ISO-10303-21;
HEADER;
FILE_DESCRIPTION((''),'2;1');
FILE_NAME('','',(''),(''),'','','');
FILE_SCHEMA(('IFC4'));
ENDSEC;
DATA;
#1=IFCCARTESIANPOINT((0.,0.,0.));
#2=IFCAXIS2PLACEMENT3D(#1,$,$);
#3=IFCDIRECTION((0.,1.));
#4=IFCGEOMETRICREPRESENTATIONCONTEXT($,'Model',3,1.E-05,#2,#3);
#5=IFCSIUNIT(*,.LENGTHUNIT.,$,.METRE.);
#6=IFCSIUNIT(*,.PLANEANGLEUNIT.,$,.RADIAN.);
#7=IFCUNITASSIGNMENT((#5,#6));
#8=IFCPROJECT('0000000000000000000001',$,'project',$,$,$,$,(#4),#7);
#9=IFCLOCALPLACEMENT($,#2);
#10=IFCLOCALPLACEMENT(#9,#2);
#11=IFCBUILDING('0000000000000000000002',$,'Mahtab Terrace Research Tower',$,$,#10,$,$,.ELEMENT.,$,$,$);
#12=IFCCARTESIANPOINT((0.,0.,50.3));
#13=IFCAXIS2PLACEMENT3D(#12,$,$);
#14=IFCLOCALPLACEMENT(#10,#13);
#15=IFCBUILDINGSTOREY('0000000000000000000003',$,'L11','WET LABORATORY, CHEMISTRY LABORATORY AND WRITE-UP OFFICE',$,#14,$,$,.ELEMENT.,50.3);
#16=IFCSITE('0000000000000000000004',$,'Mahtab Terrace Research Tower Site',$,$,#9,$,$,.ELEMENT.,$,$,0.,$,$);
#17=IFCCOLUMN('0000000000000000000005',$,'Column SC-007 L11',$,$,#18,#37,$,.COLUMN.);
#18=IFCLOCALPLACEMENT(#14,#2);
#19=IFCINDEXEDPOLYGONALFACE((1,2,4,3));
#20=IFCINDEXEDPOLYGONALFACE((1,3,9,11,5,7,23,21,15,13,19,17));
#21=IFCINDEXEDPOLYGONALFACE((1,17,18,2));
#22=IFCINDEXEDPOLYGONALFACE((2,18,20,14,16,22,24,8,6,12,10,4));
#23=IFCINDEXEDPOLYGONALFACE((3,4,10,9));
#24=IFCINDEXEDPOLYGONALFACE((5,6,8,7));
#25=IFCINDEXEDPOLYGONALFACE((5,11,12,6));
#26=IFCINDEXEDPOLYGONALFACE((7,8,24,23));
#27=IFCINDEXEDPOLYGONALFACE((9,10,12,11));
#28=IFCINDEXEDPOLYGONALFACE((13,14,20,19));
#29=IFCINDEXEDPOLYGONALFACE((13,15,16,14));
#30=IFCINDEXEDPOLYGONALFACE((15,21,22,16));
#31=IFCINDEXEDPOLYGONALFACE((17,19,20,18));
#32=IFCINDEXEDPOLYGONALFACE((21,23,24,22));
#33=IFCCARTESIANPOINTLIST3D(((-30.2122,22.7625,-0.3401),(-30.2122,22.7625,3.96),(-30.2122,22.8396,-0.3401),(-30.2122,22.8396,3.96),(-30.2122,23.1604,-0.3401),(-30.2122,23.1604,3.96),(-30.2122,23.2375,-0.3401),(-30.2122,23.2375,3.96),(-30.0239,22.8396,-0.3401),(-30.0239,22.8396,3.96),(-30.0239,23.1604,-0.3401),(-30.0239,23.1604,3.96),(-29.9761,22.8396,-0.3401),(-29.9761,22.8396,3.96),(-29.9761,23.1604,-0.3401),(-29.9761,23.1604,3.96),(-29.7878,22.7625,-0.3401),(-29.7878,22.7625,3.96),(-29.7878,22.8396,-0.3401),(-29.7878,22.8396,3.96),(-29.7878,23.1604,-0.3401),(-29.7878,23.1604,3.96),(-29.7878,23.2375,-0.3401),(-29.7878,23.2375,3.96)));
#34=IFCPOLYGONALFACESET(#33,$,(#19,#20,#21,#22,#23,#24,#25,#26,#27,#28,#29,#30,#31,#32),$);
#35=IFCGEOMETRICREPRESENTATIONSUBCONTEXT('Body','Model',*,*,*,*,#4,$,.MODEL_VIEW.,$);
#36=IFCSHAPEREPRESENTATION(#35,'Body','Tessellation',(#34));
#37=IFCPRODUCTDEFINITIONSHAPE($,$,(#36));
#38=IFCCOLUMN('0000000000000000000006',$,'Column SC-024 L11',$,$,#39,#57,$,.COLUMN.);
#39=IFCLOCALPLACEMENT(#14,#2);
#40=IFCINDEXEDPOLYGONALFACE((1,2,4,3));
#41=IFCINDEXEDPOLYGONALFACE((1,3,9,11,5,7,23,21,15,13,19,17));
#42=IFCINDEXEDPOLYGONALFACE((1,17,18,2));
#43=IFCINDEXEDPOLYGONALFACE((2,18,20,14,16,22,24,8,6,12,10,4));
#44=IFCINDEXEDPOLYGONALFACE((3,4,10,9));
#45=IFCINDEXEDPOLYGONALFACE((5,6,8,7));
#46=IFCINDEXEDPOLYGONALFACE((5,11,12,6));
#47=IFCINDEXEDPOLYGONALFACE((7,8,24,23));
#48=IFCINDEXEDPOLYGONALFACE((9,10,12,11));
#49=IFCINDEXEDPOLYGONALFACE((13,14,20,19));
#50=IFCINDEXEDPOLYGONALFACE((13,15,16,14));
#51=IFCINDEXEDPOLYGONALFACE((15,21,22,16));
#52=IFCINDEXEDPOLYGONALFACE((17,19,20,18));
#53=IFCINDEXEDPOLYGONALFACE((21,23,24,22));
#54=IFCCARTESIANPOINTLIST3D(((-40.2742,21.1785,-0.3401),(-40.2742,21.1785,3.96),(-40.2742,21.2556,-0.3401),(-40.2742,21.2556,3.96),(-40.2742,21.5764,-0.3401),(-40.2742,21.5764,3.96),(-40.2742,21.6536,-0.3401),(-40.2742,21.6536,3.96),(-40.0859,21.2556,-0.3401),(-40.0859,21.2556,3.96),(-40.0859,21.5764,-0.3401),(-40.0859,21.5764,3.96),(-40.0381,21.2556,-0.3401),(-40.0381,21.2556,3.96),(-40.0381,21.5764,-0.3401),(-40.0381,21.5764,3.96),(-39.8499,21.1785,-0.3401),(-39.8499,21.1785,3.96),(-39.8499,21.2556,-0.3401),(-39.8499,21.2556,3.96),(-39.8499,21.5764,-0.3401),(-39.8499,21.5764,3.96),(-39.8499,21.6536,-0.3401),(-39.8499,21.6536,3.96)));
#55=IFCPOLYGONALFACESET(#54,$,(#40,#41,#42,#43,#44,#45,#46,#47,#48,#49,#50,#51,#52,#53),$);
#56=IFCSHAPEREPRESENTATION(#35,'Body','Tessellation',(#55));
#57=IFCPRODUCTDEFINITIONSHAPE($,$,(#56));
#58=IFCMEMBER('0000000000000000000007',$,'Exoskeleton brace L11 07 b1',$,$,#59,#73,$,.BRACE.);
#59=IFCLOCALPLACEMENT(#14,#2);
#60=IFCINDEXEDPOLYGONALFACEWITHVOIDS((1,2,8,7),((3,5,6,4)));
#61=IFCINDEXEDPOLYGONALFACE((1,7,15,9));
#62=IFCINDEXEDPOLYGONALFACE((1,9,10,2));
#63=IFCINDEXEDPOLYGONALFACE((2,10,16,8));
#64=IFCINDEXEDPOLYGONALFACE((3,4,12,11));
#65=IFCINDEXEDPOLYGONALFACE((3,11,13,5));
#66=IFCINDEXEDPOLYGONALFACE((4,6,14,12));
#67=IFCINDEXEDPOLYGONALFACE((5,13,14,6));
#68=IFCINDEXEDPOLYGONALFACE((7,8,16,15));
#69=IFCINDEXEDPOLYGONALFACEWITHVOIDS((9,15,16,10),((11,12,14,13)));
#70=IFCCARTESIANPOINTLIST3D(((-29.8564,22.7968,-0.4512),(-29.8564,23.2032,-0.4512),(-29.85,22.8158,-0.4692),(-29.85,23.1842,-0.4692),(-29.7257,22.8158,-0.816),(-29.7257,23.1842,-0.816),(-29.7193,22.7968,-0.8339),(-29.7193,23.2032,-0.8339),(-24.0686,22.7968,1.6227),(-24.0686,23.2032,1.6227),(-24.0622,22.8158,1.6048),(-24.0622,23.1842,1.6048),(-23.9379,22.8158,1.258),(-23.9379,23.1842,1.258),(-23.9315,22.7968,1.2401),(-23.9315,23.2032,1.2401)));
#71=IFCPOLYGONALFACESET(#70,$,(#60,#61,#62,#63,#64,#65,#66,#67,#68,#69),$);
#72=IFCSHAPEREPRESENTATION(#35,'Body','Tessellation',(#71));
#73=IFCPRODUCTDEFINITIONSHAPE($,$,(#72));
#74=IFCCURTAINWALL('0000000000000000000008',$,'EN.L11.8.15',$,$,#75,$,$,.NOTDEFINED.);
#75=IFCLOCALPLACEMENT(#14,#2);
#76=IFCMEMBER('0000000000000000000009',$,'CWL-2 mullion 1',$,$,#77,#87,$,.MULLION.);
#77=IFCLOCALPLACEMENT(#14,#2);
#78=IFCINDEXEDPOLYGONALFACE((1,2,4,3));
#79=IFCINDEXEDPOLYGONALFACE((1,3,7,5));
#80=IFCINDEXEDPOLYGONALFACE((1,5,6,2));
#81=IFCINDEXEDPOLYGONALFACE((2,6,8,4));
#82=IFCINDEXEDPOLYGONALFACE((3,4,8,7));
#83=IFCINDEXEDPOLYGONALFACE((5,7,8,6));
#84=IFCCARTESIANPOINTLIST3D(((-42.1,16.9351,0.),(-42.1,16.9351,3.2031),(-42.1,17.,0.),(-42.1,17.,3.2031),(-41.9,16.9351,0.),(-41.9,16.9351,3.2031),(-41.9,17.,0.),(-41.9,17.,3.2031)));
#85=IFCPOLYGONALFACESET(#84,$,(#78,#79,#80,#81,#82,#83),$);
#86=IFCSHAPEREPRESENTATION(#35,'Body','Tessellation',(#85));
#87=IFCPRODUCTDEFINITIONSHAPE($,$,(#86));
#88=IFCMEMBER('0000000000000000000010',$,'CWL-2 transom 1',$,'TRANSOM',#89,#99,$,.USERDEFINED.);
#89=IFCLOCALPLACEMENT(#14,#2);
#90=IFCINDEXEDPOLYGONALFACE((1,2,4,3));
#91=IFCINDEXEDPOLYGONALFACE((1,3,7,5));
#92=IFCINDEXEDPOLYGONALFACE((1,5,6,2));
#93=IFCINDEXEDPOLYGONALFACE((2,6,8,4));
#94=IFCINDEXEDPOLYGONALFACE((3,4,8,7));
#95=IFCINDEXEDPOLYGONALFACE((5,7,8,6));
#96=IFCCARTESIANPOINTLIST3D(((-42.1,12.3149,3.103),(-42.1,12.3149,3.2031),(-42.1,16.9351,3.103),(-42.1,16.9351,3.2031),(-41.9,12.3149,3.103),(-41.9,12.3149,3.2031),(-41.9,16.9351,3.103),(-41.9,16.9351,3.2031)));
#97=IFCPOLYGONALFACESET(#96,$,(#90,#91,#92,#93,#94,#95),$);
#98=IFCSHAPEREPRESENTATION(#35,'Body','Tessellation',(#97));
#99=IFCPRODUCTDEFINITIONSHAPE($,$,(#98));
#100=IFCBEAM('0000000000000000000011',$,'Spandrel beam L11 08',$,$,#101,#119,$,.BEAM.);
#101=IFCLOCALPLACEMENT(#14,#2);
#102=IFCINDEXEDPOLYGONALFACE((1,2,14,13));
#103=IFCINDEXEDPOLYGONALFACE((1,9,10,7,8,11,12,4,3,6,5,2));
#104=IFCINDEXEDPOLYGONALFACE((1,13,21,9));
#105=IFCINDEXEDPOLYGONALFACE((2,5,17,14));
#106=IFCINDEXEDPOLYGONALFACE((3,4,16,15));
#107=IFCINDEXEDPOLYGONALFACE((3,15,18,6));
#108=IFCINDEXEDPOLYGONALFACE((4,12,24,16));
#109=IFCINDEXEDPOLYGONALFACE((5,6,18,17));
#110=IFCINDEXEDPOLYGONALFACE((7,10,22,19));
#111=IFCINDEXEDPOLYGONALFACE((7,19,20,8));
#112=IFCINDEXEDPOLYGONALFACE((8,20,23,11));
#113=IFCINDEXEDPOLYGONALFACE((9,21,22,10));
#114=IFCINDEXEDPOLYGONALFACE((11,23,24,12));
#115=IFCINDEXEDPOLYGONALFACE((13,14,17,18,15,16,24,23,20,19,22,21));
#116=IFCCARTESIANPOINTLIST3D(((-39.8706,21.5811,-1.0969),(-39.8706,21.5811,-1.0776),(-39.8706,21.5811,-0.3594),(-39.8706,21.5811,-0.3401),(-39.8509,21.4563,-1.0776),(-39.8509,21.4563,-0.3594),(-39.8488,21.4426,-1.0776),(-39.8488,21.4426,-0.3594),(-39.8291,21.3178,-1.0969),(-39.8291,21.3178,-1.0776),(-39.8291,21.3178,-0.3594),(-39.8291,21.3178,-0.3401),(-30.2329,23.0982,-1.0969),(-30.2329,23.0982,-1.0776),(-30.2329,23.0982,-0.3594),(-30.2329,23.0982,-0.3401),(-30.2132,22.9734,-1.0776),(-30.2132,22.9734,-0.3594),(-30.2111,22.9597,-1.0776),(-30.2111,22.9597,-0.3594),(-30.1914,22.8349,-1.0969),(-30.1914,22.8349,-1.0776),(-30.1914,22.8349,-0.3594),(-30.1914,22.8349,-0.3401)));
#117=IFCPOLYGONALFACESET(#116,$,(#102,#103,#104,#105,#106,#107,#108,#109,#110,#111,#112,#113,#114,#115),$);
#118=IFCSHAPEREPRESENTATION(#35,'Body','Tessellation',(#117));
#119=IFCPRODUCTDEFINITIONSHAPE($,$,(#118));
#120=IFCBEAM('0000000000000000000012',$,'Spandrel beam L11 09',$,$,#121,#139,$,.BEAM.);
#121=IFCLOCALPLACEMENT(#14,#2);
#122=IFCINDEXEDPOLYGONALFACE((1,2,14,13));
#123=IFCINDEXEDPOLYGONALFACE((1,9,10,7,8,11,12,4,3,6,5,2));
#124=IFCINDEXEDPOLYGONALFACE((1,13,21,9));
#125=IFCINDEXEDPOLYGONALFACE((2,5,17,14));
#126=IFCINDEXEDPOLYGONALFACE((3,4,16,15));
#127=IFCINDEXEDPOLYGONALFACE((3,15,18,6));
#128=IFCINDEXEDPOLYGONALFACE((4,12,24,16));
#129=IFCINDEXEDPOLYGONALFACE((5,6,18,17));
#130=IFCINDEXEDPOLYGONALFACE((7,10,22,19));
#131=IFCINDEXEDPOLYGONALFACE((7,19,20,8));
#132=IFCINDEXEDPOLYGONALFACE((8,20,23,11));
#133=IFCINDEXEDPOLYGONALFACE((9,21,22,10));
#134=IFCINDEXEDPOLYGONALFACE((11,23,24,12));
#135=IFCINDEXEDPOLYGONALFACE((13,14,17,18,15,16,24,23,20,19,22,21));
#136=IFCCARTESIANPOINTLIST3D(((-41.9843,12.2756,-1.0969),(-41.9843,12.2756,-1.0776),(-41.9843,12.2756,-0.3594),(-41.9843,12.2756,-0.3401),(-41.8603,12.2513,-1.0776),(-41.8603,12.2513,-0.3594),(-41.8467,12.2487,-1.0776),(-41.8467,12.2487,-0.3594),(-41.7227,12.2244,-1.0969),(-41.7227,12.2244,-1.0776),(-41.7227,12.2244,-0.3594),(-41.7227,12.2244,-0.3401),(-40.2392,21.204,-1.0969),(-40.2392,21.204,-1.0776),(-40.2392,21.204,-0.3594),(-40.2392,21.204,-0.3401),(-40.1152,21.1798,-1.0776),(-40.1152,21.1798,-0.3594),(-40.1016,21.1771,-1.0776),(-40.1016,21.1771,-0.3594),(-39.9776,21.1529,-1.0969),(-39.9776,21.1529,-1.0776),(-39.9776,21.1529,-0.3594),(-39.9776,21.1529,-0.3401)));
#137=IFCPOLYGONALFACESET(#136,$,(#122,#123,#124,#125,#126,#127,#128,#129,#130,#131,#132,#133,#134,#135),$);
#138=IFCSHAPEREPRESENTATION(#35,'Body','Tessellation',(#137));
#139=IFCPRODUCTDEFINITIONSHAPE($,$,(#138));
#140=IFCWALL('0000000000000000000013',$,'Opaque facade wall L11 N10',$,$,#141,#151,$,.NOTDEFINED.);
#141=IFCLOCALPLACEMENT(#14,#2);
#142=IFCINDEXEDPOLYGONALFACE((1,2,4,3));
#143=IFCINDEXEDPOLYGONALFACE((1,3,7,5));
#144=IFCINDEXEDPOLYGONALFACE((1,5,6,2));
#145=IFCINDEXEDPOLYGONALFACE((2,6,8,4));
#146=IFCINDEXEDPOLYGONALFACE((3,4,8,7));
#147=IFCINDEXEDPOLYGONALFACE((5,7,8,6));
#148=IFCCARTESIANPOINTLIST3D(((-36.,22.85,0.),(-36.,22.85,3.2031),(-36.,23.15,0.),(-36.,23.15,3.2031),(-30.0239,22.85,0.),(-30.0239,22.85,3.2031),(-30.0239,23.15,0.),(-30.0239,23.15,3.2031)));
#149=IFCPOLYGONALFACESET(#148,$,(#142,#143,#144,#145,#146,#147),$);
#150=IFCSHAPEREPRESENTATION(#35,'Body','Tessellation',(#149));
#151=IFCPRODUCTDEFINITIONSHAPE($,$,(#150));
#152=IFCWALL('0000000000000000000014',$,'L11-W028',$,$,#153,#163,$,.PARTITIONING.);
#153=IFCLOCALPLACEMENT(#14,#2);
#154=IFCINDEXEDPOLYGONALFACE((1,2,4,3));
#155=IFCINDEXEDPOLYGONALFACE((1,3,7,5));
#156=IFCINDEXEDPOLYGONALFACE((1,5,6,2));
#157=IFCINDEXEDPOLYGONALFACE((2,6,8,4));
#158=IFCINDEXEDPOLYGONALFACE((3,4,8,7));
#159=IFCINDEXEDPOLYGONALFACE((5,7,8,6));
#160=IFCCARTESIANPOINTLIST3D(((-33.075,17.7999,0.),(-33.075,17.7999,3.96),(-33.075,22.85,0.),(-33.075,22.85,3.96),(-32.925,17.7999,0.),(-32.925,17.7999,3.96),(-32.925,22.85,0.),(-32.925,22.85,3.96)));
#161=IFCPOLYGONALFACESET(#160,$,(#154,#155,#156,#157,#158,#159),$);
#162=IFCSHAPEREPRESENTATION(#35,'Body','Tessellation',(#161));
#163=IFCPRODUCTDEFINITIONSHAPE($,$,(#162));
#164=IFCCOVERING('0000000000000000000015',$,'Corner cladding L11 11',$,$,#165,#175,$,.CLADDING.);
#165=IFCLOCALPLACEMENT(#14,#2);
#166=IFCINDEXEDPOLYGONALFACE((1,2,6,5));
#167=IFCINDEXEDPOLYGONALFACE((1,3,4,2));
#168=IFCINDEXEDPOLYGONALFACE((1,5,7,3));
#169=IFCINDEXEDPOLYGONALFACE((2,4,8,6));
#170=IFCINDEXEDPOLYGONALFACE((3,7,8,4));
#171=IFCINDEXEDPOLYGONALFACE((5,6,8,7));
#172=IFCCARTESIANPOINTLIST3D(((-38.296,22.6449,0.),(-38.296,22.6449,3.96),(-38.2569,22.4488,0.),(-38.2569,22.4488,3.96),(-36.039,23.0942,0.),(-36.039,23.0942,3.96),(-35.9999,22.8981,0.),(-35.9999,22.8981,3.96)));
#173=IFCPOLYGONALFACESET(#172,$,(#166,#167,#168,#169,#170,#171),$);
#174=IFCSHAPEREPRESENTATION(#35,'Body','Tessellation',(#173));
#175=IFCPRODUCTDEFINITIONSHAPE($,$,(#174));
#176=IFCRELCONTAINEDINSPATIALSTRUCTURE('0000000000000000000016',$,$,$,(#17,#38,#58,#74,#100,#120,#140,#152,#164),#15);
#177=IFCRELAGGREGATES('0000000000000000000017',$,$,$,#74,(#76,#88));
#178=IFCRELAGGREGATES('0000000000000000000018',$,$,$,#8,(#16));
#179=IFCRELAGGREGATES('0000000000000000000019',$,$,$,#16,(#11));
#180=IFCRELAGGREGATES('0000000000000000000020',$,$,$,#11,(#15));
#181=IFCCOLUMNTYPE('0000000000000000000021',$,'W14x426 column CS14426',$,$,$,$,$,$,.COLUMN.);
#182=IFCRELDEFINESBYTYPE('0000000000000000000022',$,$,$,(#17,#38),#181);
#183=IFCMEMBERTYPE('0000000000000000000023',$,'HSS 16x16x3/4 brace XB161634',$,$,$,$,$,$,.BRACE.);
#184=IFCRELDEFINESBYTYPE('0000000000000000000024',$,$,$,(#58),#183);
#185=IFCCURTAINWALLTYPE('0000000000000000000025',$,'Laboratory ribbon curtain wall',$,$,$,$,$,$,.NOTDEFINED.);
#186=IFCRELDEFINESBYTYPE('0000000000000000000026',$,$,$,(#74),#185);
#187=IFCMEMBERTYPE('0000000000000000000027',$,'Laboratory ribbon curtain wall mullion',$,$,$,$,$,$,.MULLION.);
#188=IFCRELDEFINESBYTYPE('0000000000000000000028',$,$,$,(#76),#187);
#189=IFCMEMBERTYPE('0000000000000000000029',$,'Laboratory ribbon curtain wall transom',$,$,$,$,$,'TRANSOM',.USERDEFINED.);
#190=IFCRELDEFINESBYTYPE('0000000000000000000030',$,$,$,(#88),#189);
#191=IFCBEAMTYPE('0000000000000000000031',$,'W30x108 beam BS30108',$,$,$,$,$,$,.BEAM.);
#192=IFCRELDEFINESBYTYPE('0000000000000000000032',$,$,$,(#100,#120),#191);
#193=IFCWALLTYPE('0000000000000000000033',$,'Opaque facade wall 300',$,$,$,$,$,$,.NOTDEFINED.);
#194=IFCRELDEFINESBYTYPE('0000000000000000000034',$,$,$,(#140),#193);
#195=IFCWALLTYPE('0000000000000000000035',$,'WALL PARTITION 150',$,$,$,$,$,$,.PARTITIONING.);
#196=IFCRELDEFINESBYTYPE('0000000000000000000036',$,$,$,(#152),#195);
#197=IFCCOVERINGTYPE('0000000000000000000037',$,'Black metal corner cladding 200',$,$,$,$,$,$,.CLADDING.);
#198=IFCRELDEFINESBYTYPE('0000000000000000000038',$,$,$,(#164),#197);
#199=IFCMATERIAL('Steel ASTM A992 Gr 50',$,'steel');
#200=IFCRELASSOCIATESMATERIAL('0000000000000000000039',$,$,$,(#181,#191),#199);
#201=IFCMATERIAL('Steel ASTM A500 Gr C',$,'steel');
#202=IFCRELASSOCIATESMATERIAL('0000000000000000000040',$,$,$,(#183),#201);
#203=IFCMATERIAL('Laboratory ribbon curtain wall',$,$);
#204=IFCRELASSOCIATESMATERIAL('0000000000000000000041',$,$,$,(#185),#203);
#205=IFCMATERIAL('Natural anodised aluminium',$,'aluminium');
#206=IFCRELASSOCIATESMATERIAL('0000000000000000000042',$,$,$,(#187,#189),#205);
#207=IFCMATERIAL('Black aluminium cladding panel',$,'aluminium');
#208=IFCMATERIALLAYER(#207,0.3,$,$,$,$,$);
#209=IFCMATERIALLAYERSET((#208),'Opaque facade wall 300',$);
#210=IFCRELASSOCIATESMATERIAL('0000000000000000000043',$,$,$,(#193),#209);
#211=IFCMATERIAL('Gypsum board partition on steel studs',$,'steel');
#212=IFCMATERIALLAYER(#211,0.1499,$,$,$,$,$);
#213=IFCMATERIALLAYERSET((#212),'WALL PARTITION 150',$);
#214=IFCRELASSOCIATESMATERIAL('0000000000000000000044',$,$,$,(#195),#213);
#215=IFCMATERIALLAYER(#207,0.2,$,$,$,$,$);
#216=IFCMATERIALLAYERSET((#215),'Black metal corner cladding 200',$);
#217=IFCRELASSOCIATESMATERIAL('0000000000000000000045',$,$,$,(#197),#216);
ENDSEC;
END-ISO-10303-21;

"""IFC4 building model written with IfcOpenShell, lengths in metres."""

from ifc_helpers import new_model, si_unit, direction, frame, frame_2d, origin, origin_2d, place, context, subcontext, project, spatial, rectangle, hollow_rectangle, i_section, extrude, material, layer, layer_set, material_profile, profile_set, type_object, element, aggregate, save


model = new_model("IFC4")

# Units and contexts
model_context = context("Model", 3, precision=1e-05, world=origin(), true_north=direction((0.0, 1.0)))
body_context = subcontext(model_context, "Body", "Model", "MODEL_VIEW")
ifc_project = project(units=[si_unit("LENGTHUNIT", "METRE"), si_unit("PLANEANGLEUNIT", "RADIAN")], contexts=[model_context])

# Site, building, storey
site_placement = place(None, origin())
site = spatial("IfcSite", under=ifc_project, at=site_placement, Name="Mahtab Terrace Research Tower Site", CompositionType="ELEMENT", RefElevation=0.0)
building_placement = place(site_placement, origin())
building = spatial("IfcBuilding", under=site, at=building_placement, Name="Mahtab Terrace Research Tower", CompositionType="ELEMENT")
storey_placement = place(building_placement, frame((0.0, 0.0, 50.3)))
storey = spatial("IfcBuildingStorey", under=building, at=storey_placement, Name="L11", Description="WET LABORATORY, CHEMISTRY LABORATORY AND WRITE-UP OFFICE", CompositionType="ELEMENT", Elevation=50.3)

# Columns
ifc_material_1 = material(Name="Steel ASTM A992 Gr 50", Category="steel")
ifc_material_profile_1 = material_profile(ifc_material_1, i_section(OverallWidth=0.4243, OverallDepth=0.4751, WebThickness=0.0479, FlangeThickness=0.0771, at=origin_2d()), Name="W14X426")
ifc_profile_set_1 = profile_set([ifc_material_profile_1], Name="Steel ASTM A992 Gr 50")
column_type = type_object("IfcColumnType", Name="W14x426 column CS14426", PredefinedType="COLUMN", material=ifc_profile_set_1)
for number, where, z_axis, x_axis, name in (
    (1, (-30.0, 23.0, -0.3401), (0.0, 0.0, 1.0), (1.0, 0.0, 0.0), "Column SC-007 L11"),
    (2, (-40.062, 21.416, -0.3401), (0.0, 0.0, 1.0), (1.0, 0.0, 0.0), "Column SC-024 L11"),
):
    element("IfcColumn", number, at=place(storey_placement, frame(where, z_axis=z_axis, x_axis=x_axis)), inside=storey, type_object=column_type, Name=name, PredefinedType="COLUMN", context=body_context, shape_type="SweptSolid", body=[
        extrude(i_section(OverallWidth=0.4243, OverallDepth=0.4751, WebThickness=0.0479, FlangeThickness=0.0771, at=origin_2d()), origin(), (0.0, 0.0, 1.0), 4.3),
    ])

# Member
ifc_material_2 = material(Name="Steel ASTM A500 Gr C", Category="steel")
ifc_material_profile_2 = material_profile(ifc_material_2, hollow_rectangle(XDim=0.4065, YDim=0.4065, WallThickness=0.019, at=origin_2d()), Name="HSS16X16X3/4")
ifc_profile_set_2 = profile_set([ifc_material_profile_2], Name="Steel ASTM A500 Gr C")
member_type_1 = type_object("IfcMemberType", Name="HSS 16x16x3/4 brace XB161634", PredefinedType="BRACE", material=ifc_profile_set_2)
member_1_placement = place(storey_placement, frame((-29.7878, 23.0, -0.6426), z_axis=(0.941387, 0.0, 0.33733), x_axis=(0.0, 1.0, 0.0)))
element("IfcMember", 3, at=member_1_placement, inside=storey, type_object=member_type_1, Name="Exoskeleton brace L11 07 b1", PredefinedType="BRACE", context=body_context, shape_type="SweptSolid", body=[
    extrude(hollow_rectangle(XDim=0.4065, YDim=0.4065, WallThickness=0.019, at=origin_2d()), origin(), (0.0, 0.0, 1.0), 6.1482),
])

# Curtain wall, members
ifc_material_3 = material(Name="Laboratory ribbon curtain wall")
curtain_wall_type = type_object("IfcCurtainWallType", Name="Laboratory ribbon curtain wall", PredefinedType="NOTDEFINED", material=ifc_material_3)
curtain_wall_placement = place(storey_placement, origin())
curtain_wall = element("IfcCurtainWall", 4, at=curtain_wall_placement, inside=storey, type_object=curtain_wall_type, Name="EN.L11.8.15", PredefinedType="NOTDEFINED")
ifc_material_4 = material(Name="Natural anodised aluminium", Category="aluminium")
ifc_material_profile_3 = material_profile(ifc_material_4, rectangle(XDim=0.2, YDim=0.0649, at=origin_2d()), Name="MULLION 65x200")
ifc_profile_set_3 = profile_set([ifc_material_profile_3], Name="Natural anodised aluminium")
member_type_2 = type_object("IfcMemberType", Name="Laboratory ribbon curtain wall mullion", PredefinedType="MULLION", material=ifc_profile_set_3)
member_2_placement = place(storey_placement, frame((-42.0, 16.9675, 0.0), z_axis=(0.0, 0.0, 1.0), x_axis=(1.0, 0.0, 0.0)))
member_2 = element("IfcMember", 5, at=member_2_placement, type_object=member_type_2, Name="CWL-2 mullion 1", PredefinedType="MULLION", context=body_context, shape_type="SweptSolid", body=[
    extrude(rectangle(XDim=0.2, YDim=0.0649, at=origin_2d()), origin(), (0.0, 0.0, 1.0), 3.2031),
])
ifc_material_profile_4 = material_profile(ifc_material_4, rectangle(XDim=0.2, YDim=0.1001, at=origin_2d()), Name="TRANSOM 100x200")
ifc_profile_set_4 = profile_set([ifc_material_profile_4], Name="Natural anodised aluminium")
member_type_3 = type_object("IfcMemberType", Name="Laboratory ribbon curtain wall transom", ElementType="TRANSOM", PredefinedType="USERDEFINED", material=ifc_profile_set_4)
member_3_placement = place(storey_placement, frame((-42.0, 16.9351, 3.1531), z_axis=(0.0, -1.0, 0.0), x_axis=(1.0, 0.0, 0.0)))
member_3 = element("IfcMember", 6, at=member_3_placement, type_object=member_type_3, Name="CWL-2 transom 1", ObjectType="TRANSOM", PredefinedType="USERDEFINED", context=body_context, shape_type="SweptSolid", body=[
    extrude(rectangle(XDim=0.2, YDim=0.1001, at=origin_2d()), origin(), (0.0, 0.0, 1.0), 4.6201),
])
aggregate(curtain_wall, [member_2, member_3])

# Beams
ifc_material_profile_5 = material_profile(ifc_material_1, i_section(OverallWidth=0.2666, OverallDepth=0.7568, WebThickness=0.0139, FlangeThickness=0.0193, at=origin_2d()), Name="W30X108")
ifc_profile_set_5 = profile_set([ifc_material_profile_5], Name="Steel ASTM A992 Gr 50")
beam_type = type_object("IfcBeamType", Name="W30x108 beam BS30108", PredefinedType="BEAM", material=ifc_profile_set_5)
beam_1_placement = place(storey_placement, frame((-30.2122, 22.9666, -0.7185), z_axis=(-0.987836, -0.155497, 0.0), x_axis=(0.155497, -0.987836, 0.0)))
element("IfcBeam", 7, at=beam_1_placement, inside=storey, type_object=beam_type, Name="Spandrel beam L11 08", PredefinedType="BEAM", context=body_context, shape_type="SweptSolid", body=[
    extrude(i_section(OverallWidth=0.2666, OverallDepth=0.7568, WebThickness=0.0139, FlangeThickness=0.0193, at=origin_2d()), origin(), (0.0, 0.0, 1.0), 9.7563),
])
beam_2_placement = place(storey_placement, frame((-40.1084, 21.1785, -0.7185), z_axis=(-0.191826, -0.981429, 0.0), x_axis=(0.981429, -0.191826, 0.0)))
element("IfcBeam", 8, at=beam_2_placement, inside=storey, type_object=beam_type, Name="Spandrel beam L11 09", PredefinedType="BEAM", context=body_context, shape_type="SweptSolid", body=[
    extrude(i_section(OverallWidth=0.2666, OverallDepth=0.7568, WebThickness=0.0139, FlangeThickness=0.0193, at=origin_2d()), origin(), (0.0, 0.0, 1.0), 9.0974),
])

# Wall
ifc_material_5 = material(Name="Black aluminium cladding panel", Category="aluminium")
ifc_layer_1 = layer(ifc_material_5, 0.3)
ifc_layer_set_1 = layer_set([ifc_layer_1], Name="Opaque facade wall 300")
wall_type_1 = type_object("IfcWallType", Name="Opaque facade wall 300", PredefinedType="NOTDEFINED", material=ifc_layer_set_1)
wall_1_placement = place(storey_placement, frame((-30.0239, 23.0, 0.0), z_axis=(0.0, 0.0, 1.0), x_axis=(-1.0, 0.0, 0.0)))
element("IfcWall", 9, at=wall_1_placement, inside=storey, type_object=wall_type_1, Name="Opaque facade wall L11 N10", PredefinedType="NOTDEFINED", context=body_context, shape_type="SweptSolid", body=[
    extrude(rectangle(XDim=5.9761, YDim=0.3, at=frame_2d((2.988, 0.0))), origin(), (0.0, 0.0, 1.0), 3.2031),
])

# Wall
ifc_material_6 = material(Name="Gypsum board partition on steel studs", Category="steel")
ifc_layer_2 = layer(ifc_material_6, 0.1499)
ifc_layer_set_2 = layer_set([ifc_layer_2], Name="WALL PARTITION 150")
wall_type_2 = type_object("IfcWallType", Name="WALL PARTITION 150", PredefinedType="PARTITIONING", material=ifc_layer_set_2)
wall_2_placement = place(storey_placement, frame((-33.0, 17.8, 0.0), z_axis=(0.0, 0.0, 1.0), x_axis=(0.0, 1.0, 0.0)))
element("IfcWall", 10, at=wall_2_placement, inside=storey, type_object=wall_type_2, Name="L11-W028", PredefinedType="PARTITIONING", context=body_context, shape_type="SweptSolid", body=[
    extrude(rectangle(XDim=5.05, YDim=0.1499, at=frame_2d((2.5249, 0.0))), origin(), (0.0, 0.0, 1.0), 3.96),
])

# Covering
ifc_layer_3 = layer(ifc_material_5, 0.2)
ifc_layer_set_3 = layer_set([ifc_layer_3], Name="Black metal corner cladding 200")
covering_type = type_object("IfcCoveringType", Name="Black metal corner cladding 200", PredefinedType="CLADDING", material=ifc_layer_set_3)
covering_1_placement = place(storey_placement, frame((-37.1479, 22.7715, 0.0), z_axis=(0.0, 0.0, 1.0), x_axis=(-0.980761, -0.195212, 0.0)))
element("IfcCovering", 11, at=covering_1_placement, inside=storey, type_object=covering_type, Name="Corner cladding L11 11", PredefinedType="CLADDING", context=body_context, shape_type="SweptSolid", body=[
    extrude(rectangle(XDim=2.3013, YDim=0.2, at=origin_2d()), origin(), (0.0, 0.0, 1.0), 3.96),
])

save(model, "model.ifc")
